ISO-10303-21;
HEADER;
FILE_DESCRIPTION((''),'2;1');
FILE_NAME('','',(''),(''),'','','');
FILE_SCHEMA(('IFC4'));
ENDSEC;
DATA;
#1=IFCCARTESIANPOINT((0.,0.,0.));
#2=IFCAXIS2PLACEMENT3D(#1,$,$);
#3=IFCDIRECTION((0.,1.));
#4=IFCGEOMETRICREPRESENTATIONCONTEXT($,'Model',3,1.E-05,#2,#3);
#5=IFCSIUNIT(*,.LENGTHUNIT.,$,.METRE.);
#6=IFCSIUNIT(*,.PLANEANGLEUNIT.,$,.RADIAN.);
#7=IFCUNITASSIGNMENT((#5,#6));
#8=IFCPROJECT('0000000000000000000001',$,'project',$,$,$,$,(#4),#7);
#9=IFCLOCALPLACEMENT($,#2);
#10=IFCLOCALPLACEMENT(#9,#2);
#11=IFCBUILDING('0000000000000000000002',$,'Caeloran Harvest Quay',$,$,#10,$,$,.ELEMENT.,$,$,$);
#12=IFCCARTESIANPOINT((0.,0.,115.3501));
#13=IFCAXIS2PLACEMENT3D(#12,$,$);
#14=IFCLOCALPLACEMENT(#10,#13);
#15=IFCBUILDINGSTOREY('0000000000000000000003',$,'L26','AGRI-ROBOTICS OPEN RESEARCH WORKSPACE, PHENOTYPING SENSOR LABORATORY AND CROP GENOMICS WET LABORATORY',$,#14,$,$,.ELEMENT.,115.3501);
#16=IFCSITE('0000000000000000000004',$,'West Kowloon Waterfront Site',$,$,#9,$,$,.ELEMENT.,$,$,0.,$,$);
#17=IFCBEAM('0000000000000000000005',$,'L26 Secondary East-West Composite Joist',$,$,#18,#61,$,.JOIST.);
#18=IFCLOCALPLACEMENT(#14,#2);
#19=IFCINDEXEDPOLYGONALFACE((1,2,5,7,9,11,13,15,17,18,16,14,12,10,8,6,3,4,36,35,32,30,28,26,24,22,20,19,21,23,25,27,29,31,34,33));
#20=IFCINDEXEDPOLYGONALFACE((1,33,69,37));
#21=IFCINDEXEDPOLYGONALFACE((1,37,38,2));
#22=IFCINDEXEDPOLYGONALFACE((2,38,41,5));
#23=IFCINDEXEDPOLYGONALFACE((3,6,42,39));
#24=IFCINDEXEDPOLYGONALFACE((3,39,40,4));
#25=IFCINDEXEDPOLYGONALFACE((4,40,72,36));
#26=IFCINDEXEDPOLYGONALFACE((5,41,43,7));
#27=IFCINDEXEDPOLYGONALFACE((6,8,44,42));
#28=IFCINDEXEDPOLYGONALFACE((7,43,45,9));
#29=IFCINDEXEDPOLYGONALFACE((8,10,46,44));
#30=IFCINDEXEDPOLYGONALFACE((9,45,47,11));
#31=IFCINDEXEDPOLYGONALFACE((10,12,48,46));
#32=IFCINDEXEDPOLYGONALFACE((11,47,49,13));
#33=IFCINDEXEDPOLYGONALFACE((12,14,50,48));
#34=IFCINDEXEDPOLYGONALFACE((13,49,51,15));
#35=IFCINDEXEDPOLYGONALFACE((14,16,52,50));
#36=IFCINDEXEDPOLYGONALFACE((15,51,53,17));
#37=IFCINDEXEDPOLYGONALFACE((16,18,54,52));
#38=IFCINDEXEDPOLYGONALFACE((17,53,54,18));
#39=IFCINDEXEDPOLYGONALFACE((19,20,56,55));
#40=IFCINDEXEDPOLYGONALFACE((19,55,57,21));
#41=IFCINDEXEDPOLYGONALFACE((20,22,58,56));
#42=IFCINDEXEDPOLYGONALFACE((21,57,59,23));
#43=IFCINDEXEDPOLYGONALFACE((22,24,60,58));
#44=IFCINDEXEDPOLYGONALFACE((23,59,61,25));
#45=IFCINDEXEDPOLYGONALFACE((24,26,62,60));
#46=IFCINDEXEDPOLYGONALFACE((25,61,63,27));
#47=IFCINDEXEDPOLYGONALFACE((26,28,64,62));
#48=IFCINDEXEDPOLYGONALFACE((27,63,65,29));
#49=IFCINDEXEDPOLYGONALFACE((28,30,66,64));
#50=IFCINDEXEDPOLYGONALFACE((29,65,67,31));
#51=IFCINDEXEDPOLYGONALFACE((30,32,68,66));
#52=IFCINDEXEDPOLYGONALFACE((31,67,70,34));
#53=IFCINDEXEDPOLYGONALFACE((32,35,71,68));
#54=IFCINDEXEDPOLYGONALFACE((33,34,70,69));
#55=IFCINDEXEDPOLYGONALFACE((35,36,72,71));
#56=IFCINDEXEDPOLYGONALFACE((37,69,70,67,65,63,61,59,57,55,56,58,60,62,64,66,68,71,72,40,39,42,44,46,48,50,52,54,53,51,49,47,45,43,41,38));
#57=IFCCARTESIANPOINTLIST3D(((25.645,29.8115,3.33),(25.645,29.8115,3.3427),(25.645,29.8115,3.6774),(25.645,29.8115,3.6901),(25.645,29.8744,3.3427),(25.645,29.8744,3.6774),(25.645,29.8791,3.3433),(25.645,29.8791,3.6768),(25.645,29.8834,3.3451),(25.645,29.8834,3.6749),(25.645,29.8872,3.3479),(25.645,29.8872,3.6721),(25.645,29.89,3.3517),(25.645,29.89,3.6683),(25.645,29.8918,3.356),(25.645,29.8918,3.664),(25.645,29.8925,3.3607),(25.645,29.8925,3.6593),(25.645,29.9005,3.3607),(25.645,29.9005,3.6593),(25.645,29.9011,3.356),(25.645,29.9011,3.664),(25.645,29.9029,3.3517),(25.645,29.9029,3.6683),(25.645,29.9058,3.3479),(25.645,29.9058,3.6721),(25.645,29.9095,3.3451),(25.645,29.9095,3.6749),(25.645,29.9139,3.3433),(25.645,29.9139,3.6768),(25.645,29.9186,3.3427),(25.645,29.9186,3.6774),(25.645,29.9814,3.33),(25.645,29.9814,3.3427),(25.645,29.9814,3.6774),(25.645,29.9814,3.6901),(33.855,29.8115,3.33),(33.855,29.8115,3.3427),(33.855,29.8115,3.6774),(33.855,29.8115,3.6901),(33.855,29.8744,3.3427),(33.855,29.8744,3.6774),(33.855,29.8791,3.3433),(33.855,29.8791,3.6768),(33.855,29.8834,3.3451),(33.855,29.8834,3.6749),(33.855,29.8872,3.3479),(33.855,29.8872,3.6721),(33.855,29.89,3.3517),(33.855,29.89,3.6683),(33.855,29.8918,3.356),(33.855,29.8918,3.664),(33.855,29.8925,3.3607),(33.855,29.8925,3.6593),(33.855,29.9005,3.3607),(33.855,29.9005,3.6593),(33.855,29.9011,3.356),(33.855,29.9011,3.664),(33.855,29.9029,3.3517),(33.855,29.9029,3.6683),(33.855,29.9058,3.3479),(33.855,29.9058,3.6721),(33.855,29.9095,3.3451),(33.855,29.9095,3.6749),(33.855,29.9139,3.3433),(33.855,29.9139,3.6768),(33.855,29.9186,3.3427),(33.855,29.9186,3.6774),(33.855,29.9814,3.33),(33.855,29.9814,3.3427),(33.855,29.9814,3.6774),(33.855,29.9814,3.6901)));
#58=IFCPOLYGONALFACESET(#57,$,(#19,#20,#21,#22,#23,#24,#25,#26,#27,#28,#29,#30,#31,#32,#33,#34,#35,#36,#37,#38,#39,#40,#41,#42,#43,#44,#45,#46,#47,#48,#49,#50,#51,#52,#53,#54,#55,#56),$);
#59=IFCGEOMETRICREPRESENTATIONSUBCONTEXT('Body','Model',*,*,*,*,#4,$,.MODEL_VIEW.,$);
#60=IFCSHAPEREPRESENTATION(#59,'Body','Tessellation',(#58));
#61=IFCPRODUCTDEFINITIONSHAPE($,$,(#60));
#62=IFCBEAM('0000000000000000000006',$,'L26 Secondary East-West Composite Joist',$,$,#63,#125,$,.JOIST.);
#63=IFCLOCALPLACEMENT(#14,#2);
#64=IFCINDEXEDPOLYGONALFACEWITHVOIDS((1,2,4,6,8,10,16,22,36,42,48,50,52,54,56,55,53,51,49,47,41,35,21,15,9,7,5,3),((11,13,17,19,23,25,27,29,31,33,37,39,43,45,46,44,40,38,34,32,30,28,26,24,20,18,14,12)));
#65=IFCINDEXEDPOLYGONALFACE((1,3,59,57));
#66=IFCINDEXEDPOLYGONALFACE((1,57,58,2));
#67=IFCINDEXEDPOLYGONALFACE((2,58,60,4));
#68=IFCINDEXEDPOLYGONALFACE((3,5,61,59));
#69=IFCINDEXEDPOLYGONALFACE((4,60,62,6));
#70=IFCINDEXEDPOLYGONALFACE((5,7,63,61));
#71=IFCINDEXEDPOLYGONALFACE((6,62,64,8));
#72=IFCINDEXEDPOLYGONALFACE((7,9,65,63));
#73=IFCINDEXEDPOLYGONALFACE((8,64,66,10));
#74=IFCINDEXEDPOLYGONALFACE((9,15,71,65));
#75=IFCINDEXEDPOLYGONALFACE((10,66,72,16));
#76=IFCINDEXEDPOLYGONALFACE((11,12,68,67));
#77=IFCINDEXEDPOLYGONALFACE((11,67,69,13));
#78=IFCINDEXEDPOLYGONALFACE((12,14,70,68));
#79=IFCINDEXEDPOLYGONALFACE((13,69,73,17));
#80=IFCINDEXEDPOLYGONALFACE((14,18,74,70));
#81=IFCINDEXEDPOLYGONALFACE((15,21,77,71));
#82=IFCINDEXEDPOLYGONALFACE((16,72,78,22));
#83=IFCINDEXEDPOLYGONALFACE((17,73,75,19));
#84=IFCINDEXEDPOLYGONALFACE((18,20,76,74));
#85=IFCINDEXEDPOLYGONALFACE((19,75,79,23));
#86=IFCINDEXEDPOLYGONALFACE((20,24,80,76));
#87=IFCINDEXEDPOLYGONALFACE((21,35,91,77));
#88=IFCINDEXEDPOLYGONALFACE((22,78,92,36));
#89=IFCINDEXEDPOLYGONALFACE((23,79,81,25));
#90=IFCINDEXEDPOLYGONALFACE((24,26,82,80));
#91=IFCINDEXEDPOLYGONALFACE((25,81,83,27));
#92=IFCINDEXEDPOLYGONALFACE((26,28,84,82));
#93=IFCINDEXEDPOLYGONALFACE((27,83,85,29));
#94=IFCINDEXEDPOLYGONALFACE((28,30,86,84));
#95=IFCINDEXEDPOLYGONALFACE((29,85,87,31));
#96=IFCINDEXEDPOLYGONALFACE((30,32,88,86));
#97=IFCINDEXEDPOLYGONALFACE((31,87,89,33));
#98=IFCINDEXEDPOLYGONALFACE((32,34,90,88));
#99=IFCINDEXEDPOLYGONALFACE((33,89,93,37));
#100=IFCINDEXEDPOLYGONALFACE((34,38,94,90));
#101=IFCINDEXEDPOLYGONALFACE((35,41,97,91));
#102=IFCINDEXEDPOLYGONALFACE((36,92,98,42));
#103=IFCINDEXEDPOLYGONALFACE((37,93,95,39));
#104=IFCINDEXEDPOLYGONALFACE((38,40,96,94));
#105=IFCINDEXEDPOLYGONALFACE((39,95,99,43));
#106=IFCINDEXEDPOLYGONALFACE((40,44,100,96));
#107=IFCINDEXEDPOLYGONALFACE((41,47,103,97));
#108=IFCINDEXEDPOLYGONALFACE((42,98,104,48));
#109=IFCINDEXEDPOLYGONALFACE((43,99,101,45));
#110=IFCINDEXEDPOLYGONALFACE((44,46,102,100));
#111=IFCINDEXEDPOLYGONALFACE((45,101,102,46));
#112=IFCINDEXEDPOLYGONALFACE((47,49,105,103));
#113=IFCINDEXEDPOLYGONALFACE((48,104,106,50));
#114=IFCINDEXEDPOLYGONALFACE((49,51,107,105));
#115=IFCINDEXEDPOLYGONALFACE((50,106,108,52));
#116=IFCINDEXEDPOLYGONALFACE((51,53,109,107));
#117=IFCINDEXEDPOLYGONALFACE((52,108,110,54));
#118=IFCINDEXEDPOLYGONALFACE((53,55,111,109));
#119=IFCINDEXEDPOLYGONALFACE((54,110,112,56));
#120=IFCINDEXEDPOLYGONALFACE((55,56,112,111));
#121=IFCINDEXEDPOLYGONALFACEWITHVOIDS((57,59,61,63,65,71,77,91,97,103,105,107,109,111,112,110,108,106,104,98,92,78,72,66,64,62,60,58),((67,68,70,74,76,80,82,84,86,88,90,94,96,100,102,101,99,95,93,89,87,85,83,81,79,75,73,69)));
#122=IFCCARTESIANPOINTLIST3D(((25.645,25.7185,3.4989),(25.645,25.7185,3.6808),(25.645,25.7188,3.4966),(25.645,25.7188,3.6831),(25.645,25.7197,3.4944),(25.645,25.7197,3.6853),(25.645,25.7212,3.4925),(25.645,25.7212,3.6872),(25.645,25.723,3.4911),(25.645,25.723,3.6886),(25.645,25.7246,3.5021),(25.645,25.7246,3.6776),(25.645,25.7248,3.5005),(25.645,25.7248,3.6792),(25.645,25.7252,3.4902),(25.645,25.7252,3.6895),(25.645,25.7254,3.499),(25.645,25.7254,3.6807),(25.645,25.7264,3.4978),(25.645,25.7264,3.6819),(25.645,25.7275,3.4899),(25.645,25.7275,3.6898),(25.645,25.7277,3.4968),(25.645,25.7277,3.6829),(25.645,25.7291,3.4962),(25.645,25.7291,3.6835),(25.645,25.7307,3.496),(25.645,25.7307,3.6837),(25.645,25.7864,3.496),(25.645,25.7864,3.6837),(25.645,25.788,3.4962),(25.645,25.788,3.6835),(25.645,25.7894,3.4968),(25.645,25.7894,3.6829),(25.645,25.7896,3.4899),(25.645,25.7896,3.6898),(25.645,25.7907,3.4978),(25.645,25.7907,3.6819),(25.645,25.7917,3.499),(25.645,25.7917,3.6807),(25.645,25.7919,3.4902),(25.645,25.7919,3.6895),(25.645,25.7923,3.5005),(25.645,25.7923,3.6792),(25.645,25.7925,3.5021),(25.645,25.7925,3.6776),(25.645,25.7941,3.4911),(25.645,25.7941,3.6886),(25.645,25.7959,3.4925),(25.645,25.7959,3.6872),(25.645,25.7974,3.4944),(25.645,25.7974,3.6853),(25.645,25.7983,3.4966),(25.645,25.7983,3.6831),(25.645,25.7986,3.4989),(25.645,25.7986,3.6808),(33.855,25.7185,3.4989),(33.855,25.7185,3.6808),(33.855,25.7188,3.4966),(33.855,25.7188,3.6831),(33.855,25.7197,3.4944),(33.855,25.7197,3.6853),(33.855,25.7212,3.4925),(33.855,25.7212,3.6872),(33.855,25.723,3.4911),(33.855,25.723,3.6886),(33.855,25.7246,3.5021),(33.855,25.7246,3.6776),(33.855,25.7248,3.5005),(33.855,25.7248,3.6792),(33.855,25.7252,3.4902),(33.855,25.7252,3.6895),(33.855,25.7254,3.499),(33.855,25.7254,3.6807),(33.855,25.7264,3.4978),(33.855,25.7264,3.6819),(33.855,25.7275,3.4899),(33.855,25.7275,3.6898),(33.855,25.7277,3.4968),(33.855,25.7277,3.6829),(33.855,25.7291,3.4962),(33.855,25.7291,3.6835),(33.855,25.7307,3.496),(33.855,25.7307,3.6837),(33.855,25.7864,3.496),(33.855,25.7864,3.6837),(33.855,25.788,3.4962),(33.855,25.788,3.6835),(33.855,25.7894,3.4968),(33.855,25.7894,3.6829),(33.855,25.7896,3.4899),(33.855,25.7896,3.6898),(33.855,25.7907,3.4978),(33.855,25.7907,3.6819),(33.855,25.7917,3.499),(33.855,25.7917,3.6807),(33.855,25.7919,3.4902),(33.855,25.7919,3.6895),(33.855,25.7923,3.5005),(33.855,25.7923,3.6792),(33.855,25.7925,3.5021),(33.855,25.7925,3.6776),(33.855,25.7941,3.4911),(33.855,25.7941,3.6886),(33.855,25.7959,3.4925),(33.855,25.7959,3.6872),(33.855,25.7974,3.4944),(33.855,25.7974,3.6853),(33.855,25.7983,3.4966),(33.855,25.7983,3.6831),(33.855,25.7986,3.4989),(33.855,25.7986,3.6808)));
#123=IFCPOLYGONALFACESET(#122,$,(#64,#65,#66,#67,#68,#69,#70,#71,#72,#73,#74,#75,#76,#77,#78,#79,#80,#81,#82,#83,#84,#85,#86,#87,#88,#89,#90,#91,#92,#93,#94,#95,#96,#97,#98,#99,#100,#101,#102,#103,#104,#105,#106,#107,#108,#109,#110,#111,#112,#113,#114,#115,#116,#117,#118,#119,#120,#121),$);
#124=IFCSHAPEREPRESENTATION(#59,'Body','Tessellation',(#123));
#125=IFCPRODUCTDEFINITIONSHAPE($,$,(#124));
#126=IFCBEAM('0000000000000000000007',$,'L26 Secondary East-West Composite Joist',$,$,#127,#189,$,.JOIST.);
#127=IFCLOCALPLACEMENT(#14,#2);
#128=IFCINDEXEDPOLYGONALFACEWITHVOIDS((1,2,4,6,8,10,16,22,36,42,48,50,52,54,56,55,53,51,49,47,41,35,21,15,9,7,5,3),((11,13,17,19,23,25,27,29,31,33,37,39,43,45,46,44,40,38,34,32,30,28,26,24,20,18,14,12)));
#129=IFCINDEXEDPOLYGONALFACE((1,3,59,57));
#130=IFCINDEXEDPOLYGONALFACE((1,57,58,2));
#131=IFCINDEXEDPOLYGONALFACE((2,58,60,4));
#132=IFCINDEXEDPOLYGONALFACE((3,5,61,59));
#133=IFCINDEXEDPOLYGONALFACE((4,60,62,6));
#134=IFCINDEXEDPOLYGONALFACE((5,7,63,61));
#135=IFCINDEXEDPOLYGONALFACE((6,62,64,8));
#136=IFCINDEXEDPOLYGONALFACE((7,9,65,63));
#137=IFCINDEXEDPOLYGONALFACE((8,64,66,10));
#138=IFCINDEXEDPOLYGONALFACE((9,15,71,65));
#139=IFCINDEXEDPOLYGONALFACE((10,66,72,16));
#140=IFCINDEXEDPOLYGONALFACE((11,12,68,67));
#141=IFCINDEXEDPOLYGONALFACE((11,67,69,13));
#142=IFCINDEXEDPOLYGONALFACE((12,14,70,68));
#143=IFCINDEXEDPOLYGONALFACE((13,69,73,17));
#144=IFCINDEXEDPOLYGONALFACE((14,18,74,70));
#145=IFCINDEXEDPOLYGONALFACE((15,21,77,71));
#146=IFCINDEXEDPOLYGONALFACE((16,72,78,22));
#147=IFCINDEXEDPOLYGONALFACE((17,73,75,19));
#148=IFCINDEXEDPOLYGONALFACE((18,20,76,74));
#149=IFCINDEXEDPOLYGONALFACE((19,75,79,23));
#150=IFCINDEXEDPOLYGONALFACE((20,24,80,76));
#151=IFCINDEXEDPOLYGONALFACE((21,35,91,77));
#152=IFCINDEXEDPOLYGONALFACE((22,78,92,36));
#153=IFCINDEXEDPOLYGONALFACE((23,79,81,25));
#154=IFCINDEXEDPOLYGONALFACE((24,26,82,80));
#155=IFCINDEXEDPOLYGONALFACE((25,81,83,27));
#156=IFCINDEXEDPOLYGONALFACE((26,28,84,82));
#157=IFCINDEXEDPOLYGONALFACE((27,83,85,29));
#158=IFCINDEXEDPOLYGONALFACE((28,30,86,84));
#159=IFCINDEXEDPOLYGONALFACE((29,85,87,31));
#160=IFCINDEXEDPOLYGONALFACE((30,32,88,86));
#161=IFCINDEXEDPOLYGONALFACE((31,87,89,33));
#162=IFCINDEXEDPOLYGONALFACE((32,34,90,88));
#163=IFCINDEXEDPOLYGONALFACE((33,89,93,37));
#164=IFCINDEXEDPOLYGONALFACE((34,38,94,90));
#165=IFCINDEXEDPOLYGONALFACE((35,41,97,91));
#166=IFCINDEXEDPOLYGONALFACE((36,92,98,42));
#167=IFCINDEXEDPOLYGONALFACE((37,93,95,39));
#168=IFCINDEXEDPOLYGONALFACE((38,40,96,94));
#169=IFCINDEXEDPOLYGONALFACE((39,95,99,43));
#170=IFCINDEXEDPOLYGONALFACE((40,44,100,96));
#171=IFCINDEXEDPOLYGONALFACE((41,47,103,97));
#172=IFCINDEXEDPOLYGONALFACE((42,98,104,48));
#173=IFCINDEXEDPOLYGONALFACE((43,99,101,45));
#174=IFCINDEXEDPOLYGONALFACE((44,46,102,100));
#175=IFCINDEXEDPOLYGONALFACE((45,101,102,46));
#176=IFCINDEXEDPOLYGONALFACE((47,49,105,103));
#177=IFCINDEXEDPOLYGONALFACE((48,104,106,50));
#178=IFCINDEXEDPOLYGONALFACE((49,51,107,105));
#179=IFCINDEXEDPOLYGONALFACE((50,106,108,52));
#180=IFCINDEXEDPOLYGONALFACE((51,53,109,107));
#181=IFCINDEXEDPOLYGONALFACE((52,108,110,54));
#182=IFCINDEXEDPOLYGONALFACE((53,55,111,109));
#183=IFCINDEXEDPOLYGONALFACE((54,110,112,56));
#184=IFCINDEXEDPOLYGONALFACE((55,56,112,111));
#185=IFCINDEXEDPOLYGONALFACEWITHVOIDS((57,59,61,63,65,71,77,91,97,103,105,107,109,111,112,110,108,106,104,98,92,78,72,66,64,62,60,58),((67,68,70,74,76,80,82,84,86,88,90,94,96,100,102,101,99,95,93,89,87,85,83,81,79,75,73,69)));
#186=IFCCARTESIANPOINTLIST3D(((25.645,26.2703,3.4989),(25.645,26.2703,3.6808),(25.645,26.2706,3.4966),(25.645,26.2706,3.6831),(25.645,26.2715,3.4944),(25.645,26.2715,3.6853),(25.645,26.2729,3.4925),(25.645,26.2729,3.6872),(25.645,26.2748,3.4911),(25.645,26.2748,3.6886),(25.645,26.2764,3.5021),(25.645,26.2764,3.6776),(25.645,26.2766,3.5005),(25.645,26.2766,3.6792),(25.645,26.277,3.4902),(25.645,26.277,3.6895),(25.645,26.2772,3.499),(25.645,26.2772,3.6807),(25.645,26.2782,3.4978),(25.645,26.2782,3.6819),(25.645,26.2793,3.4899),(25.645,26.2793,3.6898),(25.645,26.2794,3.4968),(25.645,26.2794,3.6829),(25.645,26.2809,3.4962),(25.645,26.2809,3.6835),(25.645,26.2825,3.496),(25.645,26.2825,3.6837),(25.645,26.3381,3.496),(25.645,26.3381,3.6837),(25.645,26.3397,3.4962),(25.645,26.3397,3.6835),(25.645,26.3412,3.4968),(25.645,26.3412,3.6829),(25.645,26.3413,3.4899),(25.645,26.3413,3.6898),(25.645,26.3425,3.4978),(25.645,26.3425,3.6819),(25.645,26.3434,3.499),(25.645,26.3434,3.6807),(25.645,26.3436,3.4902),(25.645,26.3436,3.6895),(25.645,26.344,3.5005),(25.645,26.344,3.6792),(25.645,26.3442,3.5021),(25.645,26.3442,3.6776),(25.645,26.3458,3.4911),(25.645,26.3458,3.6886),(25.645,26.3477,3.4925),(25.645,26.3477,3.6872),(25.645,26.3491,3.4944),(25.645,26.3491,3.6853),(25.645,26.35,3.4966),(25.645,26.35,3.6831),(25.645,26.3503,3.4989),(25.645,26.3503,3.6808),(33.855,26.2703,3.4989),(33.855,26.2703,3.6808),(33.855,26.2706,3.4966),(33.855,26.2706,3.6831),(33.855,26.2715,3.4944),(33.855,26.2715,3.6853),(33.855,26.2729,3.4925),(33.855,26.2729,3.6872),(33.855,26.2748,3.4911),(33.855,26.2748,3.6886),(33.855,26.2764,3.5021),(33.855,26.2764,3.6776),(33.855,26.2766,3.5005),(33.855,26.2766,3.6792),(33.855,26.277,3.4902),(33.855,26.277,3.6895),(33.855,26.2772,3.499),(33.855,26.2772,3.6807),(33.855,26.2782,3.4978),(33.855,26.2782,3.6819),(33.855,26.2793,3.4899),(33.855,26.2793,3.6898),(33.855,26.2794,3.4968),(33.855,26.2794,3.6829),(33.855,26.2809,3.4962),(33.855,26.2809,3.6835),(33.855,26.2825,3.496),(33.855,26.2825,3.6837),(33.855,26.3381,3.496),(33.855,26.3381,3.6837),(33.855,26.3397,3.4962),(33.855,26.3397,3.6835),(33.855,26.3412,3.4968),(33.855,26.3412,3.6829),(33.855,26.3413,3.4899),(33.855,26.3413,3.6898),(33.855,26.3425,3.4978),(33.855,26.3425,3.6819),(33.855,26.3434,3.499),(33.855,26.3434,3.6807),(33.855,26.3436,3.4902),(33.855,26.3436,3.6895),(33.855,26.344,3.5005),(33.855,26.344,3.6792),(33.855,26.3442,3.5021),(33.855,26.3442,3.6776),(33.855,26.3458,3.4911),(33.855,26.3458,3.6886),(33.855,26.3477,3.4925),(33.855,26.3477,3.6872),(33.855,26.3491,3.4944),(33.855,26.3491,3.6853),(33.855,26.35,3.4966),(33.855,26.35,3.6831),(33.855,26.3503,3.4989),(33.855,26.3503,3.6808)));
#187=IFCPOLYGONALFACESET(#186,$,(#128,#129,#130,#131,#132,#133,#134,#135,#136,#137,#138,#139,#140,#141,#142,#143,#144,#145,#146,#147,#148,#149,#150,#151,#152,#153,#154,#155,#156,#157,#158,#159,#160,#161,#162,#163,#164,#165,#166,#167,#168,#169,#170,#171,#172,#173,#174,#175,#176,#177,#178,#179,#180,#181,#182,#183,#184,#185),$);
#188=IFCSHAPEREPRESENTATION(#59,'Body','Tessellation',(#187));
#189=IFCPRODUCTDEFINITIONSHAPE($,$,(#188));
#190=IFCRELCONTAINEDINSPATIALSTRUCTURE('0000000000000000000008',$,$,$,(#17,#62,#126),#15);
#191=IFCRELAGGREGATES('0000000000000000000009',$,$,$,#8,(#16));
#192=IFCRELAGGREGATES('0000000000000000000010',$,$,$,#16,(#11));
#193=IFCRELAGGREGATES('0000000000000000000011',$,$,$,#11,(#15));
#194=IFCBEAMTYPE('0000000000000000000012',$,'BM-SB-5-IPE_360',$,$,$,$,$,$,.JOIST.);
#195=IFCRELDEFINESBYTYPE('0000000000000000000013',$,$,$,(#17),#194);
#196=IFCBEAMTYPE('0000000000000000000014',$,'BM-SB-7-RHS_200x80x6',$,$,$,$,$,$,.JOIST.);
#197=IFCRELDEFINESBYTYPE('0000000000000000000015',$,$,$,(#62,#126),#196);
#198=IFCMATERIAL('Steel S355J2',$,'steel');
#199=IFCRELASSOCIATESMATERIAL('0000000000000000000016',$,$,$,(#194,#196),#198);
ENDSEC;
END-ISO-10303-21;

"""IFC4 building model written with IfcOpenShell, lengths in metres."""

from ifc_helpers import new_model, si_unit, direction, frame, origin, origin_2d, place, context, subcontext, project, spatial, hollow_rectangle, i_section, extrude, material, material_profile, profile_set, type_object, element, save


model = new_model("IFC4")

# Units and contexts
model_context = context("Model", 3, precision=1e-05, world=origin(), true_north=direction((0.0, 1.0)))
body_context = subcontext(model_context, "Body", "Model", "MODEL_VIEW")
ifc_project = project(units=[si_unit("LENGTHUNIT", "METRE"), si_unit("PLANEANGLEUNIT", "RADIAN")], contexts=[model_context])

# Site, building, storey
site_placement = place(None, origin())
site = spatial("IfcSite", under=ifc_project, at=site_placement, Name="West Kowloon Waterfront Site", CompositionType="ELEMENT", RefElevation=0.0)
building_placement = place(site_placement, origin())
building = spatial("IfcBuilding", under=site, at=building_placement, Name="Caeloran Harvest Quay", CompositionType="ELEMENT")
storey_placement = place(building_placement, frame((0.0, 0.0, 115.3501)))
storey = spatial("IfcBuildingStorey", under=building, at=storey_placement, Name="L26", Description="AGRI-ROBOTICS OPEN RESEARCH WORKSPACE, PHENOTYPING SENSOR LABORATORY AND CROP GENOMICS WET LABORATORY", CompositionType="ELEMENT", Elevation=115.3501)

# Beams
ifc_material_1 = material(Name="Steel S355J2", Category="steel")
ifc_material_profile_1 = material_profile(ifc_material_1, i_section(OverallWidth=0.1699, OverallDepth=0.3601, WebThickness=0.0081, FlangeThickness=0.0127, FilletRadius=0.0181, at=origin_2d()), Name="IPE 360")
ifc_profile_set_1 = profile_set([ifc_material_profile_1], Name="Steel S355J2")
beam_type_1 = type_object("IfcBeamType", Name="BM-SB-5-IPE_360", PredefinedType="JOIST", material=ifc_profile_set_1)
for number, where, z_axis, x_axis, name in (
    (1, (25.645, 29.8965, 3.51), (1.0, 0.0, 0.0), (0.0, 1.0, 0.0), "L26 Secondary East-West Composite Joist"),
):
    element("IfcBeam", number, at=place(storey_placement, frame(where, z_axis=z_axis, x_axis=x_axis)), inside=storey, type_object=beam_type_1, Name=name, PredefinedType="JOIST", context=body_context, shape_type="SweptSolid", body=[
        extrude(i_section(OverallWidth=0.1699, OverallDepth=0.3601, WebThickness=0.0081, FlangeThickness=0.0127, FilletRadius=0.0181, at=origin_2d()), origin(), (0.0, 0.0, 1.0), 8.21),
    ])
ifc_material_profile_2 = material_profile(ifc_material_1, hollow_rectangle(XDim=0.0801, YDim=0.2, WallThickness=0.0061, InnerFilletRadius=0.0061, OuterFilletRadius=0.009, at=origin_2d()), Name="RHS 200x80x6")
ifc_profile_set_2 = profile_set([ifc_material_profile_2], Name="Steel S355J2")
beam_type_2 = type_object("IfcBeamType", Name="BM-SB-7-RHS_200x80x6", PredefinedType="JOIST", material=ifc_profile_set_2)
for number, where, z_axis, x_axis, name in (
    (2, (25.645, 25.7585, 3.5898), (1.0, 0.0, 0.0), (0.0, 1.0, 0.0), "L26 Secondary East-West Composite Joist"),
    (3, (25.645, 26.3103, 3.5898), (1.0, 0.0, 0.0), (0.0, 1.0, 0.0), "L26 Secondary East-West Composite Joist"),
):
    element("IfcBeam", number, at=place(storey_placement, frame(where, z_axis=z_axis, x_axis=x_axis)), inside=storey, type_object=beam_type_2, Name=name, PredefinedType="JOIST", context=body_context, shape_type="SweptSolid", body=[
        extrude(hollow_rectangle(XDim=0.0801, YDim=0.2, WallThickness=0.0061, InnerFilletRadius=0.0061, OuterFilletRadius=0.009, at=origin_2d()), origin(), (0.0, 0.0, 1.0), 8.21),
    ])

save(model, "model.ifc")
